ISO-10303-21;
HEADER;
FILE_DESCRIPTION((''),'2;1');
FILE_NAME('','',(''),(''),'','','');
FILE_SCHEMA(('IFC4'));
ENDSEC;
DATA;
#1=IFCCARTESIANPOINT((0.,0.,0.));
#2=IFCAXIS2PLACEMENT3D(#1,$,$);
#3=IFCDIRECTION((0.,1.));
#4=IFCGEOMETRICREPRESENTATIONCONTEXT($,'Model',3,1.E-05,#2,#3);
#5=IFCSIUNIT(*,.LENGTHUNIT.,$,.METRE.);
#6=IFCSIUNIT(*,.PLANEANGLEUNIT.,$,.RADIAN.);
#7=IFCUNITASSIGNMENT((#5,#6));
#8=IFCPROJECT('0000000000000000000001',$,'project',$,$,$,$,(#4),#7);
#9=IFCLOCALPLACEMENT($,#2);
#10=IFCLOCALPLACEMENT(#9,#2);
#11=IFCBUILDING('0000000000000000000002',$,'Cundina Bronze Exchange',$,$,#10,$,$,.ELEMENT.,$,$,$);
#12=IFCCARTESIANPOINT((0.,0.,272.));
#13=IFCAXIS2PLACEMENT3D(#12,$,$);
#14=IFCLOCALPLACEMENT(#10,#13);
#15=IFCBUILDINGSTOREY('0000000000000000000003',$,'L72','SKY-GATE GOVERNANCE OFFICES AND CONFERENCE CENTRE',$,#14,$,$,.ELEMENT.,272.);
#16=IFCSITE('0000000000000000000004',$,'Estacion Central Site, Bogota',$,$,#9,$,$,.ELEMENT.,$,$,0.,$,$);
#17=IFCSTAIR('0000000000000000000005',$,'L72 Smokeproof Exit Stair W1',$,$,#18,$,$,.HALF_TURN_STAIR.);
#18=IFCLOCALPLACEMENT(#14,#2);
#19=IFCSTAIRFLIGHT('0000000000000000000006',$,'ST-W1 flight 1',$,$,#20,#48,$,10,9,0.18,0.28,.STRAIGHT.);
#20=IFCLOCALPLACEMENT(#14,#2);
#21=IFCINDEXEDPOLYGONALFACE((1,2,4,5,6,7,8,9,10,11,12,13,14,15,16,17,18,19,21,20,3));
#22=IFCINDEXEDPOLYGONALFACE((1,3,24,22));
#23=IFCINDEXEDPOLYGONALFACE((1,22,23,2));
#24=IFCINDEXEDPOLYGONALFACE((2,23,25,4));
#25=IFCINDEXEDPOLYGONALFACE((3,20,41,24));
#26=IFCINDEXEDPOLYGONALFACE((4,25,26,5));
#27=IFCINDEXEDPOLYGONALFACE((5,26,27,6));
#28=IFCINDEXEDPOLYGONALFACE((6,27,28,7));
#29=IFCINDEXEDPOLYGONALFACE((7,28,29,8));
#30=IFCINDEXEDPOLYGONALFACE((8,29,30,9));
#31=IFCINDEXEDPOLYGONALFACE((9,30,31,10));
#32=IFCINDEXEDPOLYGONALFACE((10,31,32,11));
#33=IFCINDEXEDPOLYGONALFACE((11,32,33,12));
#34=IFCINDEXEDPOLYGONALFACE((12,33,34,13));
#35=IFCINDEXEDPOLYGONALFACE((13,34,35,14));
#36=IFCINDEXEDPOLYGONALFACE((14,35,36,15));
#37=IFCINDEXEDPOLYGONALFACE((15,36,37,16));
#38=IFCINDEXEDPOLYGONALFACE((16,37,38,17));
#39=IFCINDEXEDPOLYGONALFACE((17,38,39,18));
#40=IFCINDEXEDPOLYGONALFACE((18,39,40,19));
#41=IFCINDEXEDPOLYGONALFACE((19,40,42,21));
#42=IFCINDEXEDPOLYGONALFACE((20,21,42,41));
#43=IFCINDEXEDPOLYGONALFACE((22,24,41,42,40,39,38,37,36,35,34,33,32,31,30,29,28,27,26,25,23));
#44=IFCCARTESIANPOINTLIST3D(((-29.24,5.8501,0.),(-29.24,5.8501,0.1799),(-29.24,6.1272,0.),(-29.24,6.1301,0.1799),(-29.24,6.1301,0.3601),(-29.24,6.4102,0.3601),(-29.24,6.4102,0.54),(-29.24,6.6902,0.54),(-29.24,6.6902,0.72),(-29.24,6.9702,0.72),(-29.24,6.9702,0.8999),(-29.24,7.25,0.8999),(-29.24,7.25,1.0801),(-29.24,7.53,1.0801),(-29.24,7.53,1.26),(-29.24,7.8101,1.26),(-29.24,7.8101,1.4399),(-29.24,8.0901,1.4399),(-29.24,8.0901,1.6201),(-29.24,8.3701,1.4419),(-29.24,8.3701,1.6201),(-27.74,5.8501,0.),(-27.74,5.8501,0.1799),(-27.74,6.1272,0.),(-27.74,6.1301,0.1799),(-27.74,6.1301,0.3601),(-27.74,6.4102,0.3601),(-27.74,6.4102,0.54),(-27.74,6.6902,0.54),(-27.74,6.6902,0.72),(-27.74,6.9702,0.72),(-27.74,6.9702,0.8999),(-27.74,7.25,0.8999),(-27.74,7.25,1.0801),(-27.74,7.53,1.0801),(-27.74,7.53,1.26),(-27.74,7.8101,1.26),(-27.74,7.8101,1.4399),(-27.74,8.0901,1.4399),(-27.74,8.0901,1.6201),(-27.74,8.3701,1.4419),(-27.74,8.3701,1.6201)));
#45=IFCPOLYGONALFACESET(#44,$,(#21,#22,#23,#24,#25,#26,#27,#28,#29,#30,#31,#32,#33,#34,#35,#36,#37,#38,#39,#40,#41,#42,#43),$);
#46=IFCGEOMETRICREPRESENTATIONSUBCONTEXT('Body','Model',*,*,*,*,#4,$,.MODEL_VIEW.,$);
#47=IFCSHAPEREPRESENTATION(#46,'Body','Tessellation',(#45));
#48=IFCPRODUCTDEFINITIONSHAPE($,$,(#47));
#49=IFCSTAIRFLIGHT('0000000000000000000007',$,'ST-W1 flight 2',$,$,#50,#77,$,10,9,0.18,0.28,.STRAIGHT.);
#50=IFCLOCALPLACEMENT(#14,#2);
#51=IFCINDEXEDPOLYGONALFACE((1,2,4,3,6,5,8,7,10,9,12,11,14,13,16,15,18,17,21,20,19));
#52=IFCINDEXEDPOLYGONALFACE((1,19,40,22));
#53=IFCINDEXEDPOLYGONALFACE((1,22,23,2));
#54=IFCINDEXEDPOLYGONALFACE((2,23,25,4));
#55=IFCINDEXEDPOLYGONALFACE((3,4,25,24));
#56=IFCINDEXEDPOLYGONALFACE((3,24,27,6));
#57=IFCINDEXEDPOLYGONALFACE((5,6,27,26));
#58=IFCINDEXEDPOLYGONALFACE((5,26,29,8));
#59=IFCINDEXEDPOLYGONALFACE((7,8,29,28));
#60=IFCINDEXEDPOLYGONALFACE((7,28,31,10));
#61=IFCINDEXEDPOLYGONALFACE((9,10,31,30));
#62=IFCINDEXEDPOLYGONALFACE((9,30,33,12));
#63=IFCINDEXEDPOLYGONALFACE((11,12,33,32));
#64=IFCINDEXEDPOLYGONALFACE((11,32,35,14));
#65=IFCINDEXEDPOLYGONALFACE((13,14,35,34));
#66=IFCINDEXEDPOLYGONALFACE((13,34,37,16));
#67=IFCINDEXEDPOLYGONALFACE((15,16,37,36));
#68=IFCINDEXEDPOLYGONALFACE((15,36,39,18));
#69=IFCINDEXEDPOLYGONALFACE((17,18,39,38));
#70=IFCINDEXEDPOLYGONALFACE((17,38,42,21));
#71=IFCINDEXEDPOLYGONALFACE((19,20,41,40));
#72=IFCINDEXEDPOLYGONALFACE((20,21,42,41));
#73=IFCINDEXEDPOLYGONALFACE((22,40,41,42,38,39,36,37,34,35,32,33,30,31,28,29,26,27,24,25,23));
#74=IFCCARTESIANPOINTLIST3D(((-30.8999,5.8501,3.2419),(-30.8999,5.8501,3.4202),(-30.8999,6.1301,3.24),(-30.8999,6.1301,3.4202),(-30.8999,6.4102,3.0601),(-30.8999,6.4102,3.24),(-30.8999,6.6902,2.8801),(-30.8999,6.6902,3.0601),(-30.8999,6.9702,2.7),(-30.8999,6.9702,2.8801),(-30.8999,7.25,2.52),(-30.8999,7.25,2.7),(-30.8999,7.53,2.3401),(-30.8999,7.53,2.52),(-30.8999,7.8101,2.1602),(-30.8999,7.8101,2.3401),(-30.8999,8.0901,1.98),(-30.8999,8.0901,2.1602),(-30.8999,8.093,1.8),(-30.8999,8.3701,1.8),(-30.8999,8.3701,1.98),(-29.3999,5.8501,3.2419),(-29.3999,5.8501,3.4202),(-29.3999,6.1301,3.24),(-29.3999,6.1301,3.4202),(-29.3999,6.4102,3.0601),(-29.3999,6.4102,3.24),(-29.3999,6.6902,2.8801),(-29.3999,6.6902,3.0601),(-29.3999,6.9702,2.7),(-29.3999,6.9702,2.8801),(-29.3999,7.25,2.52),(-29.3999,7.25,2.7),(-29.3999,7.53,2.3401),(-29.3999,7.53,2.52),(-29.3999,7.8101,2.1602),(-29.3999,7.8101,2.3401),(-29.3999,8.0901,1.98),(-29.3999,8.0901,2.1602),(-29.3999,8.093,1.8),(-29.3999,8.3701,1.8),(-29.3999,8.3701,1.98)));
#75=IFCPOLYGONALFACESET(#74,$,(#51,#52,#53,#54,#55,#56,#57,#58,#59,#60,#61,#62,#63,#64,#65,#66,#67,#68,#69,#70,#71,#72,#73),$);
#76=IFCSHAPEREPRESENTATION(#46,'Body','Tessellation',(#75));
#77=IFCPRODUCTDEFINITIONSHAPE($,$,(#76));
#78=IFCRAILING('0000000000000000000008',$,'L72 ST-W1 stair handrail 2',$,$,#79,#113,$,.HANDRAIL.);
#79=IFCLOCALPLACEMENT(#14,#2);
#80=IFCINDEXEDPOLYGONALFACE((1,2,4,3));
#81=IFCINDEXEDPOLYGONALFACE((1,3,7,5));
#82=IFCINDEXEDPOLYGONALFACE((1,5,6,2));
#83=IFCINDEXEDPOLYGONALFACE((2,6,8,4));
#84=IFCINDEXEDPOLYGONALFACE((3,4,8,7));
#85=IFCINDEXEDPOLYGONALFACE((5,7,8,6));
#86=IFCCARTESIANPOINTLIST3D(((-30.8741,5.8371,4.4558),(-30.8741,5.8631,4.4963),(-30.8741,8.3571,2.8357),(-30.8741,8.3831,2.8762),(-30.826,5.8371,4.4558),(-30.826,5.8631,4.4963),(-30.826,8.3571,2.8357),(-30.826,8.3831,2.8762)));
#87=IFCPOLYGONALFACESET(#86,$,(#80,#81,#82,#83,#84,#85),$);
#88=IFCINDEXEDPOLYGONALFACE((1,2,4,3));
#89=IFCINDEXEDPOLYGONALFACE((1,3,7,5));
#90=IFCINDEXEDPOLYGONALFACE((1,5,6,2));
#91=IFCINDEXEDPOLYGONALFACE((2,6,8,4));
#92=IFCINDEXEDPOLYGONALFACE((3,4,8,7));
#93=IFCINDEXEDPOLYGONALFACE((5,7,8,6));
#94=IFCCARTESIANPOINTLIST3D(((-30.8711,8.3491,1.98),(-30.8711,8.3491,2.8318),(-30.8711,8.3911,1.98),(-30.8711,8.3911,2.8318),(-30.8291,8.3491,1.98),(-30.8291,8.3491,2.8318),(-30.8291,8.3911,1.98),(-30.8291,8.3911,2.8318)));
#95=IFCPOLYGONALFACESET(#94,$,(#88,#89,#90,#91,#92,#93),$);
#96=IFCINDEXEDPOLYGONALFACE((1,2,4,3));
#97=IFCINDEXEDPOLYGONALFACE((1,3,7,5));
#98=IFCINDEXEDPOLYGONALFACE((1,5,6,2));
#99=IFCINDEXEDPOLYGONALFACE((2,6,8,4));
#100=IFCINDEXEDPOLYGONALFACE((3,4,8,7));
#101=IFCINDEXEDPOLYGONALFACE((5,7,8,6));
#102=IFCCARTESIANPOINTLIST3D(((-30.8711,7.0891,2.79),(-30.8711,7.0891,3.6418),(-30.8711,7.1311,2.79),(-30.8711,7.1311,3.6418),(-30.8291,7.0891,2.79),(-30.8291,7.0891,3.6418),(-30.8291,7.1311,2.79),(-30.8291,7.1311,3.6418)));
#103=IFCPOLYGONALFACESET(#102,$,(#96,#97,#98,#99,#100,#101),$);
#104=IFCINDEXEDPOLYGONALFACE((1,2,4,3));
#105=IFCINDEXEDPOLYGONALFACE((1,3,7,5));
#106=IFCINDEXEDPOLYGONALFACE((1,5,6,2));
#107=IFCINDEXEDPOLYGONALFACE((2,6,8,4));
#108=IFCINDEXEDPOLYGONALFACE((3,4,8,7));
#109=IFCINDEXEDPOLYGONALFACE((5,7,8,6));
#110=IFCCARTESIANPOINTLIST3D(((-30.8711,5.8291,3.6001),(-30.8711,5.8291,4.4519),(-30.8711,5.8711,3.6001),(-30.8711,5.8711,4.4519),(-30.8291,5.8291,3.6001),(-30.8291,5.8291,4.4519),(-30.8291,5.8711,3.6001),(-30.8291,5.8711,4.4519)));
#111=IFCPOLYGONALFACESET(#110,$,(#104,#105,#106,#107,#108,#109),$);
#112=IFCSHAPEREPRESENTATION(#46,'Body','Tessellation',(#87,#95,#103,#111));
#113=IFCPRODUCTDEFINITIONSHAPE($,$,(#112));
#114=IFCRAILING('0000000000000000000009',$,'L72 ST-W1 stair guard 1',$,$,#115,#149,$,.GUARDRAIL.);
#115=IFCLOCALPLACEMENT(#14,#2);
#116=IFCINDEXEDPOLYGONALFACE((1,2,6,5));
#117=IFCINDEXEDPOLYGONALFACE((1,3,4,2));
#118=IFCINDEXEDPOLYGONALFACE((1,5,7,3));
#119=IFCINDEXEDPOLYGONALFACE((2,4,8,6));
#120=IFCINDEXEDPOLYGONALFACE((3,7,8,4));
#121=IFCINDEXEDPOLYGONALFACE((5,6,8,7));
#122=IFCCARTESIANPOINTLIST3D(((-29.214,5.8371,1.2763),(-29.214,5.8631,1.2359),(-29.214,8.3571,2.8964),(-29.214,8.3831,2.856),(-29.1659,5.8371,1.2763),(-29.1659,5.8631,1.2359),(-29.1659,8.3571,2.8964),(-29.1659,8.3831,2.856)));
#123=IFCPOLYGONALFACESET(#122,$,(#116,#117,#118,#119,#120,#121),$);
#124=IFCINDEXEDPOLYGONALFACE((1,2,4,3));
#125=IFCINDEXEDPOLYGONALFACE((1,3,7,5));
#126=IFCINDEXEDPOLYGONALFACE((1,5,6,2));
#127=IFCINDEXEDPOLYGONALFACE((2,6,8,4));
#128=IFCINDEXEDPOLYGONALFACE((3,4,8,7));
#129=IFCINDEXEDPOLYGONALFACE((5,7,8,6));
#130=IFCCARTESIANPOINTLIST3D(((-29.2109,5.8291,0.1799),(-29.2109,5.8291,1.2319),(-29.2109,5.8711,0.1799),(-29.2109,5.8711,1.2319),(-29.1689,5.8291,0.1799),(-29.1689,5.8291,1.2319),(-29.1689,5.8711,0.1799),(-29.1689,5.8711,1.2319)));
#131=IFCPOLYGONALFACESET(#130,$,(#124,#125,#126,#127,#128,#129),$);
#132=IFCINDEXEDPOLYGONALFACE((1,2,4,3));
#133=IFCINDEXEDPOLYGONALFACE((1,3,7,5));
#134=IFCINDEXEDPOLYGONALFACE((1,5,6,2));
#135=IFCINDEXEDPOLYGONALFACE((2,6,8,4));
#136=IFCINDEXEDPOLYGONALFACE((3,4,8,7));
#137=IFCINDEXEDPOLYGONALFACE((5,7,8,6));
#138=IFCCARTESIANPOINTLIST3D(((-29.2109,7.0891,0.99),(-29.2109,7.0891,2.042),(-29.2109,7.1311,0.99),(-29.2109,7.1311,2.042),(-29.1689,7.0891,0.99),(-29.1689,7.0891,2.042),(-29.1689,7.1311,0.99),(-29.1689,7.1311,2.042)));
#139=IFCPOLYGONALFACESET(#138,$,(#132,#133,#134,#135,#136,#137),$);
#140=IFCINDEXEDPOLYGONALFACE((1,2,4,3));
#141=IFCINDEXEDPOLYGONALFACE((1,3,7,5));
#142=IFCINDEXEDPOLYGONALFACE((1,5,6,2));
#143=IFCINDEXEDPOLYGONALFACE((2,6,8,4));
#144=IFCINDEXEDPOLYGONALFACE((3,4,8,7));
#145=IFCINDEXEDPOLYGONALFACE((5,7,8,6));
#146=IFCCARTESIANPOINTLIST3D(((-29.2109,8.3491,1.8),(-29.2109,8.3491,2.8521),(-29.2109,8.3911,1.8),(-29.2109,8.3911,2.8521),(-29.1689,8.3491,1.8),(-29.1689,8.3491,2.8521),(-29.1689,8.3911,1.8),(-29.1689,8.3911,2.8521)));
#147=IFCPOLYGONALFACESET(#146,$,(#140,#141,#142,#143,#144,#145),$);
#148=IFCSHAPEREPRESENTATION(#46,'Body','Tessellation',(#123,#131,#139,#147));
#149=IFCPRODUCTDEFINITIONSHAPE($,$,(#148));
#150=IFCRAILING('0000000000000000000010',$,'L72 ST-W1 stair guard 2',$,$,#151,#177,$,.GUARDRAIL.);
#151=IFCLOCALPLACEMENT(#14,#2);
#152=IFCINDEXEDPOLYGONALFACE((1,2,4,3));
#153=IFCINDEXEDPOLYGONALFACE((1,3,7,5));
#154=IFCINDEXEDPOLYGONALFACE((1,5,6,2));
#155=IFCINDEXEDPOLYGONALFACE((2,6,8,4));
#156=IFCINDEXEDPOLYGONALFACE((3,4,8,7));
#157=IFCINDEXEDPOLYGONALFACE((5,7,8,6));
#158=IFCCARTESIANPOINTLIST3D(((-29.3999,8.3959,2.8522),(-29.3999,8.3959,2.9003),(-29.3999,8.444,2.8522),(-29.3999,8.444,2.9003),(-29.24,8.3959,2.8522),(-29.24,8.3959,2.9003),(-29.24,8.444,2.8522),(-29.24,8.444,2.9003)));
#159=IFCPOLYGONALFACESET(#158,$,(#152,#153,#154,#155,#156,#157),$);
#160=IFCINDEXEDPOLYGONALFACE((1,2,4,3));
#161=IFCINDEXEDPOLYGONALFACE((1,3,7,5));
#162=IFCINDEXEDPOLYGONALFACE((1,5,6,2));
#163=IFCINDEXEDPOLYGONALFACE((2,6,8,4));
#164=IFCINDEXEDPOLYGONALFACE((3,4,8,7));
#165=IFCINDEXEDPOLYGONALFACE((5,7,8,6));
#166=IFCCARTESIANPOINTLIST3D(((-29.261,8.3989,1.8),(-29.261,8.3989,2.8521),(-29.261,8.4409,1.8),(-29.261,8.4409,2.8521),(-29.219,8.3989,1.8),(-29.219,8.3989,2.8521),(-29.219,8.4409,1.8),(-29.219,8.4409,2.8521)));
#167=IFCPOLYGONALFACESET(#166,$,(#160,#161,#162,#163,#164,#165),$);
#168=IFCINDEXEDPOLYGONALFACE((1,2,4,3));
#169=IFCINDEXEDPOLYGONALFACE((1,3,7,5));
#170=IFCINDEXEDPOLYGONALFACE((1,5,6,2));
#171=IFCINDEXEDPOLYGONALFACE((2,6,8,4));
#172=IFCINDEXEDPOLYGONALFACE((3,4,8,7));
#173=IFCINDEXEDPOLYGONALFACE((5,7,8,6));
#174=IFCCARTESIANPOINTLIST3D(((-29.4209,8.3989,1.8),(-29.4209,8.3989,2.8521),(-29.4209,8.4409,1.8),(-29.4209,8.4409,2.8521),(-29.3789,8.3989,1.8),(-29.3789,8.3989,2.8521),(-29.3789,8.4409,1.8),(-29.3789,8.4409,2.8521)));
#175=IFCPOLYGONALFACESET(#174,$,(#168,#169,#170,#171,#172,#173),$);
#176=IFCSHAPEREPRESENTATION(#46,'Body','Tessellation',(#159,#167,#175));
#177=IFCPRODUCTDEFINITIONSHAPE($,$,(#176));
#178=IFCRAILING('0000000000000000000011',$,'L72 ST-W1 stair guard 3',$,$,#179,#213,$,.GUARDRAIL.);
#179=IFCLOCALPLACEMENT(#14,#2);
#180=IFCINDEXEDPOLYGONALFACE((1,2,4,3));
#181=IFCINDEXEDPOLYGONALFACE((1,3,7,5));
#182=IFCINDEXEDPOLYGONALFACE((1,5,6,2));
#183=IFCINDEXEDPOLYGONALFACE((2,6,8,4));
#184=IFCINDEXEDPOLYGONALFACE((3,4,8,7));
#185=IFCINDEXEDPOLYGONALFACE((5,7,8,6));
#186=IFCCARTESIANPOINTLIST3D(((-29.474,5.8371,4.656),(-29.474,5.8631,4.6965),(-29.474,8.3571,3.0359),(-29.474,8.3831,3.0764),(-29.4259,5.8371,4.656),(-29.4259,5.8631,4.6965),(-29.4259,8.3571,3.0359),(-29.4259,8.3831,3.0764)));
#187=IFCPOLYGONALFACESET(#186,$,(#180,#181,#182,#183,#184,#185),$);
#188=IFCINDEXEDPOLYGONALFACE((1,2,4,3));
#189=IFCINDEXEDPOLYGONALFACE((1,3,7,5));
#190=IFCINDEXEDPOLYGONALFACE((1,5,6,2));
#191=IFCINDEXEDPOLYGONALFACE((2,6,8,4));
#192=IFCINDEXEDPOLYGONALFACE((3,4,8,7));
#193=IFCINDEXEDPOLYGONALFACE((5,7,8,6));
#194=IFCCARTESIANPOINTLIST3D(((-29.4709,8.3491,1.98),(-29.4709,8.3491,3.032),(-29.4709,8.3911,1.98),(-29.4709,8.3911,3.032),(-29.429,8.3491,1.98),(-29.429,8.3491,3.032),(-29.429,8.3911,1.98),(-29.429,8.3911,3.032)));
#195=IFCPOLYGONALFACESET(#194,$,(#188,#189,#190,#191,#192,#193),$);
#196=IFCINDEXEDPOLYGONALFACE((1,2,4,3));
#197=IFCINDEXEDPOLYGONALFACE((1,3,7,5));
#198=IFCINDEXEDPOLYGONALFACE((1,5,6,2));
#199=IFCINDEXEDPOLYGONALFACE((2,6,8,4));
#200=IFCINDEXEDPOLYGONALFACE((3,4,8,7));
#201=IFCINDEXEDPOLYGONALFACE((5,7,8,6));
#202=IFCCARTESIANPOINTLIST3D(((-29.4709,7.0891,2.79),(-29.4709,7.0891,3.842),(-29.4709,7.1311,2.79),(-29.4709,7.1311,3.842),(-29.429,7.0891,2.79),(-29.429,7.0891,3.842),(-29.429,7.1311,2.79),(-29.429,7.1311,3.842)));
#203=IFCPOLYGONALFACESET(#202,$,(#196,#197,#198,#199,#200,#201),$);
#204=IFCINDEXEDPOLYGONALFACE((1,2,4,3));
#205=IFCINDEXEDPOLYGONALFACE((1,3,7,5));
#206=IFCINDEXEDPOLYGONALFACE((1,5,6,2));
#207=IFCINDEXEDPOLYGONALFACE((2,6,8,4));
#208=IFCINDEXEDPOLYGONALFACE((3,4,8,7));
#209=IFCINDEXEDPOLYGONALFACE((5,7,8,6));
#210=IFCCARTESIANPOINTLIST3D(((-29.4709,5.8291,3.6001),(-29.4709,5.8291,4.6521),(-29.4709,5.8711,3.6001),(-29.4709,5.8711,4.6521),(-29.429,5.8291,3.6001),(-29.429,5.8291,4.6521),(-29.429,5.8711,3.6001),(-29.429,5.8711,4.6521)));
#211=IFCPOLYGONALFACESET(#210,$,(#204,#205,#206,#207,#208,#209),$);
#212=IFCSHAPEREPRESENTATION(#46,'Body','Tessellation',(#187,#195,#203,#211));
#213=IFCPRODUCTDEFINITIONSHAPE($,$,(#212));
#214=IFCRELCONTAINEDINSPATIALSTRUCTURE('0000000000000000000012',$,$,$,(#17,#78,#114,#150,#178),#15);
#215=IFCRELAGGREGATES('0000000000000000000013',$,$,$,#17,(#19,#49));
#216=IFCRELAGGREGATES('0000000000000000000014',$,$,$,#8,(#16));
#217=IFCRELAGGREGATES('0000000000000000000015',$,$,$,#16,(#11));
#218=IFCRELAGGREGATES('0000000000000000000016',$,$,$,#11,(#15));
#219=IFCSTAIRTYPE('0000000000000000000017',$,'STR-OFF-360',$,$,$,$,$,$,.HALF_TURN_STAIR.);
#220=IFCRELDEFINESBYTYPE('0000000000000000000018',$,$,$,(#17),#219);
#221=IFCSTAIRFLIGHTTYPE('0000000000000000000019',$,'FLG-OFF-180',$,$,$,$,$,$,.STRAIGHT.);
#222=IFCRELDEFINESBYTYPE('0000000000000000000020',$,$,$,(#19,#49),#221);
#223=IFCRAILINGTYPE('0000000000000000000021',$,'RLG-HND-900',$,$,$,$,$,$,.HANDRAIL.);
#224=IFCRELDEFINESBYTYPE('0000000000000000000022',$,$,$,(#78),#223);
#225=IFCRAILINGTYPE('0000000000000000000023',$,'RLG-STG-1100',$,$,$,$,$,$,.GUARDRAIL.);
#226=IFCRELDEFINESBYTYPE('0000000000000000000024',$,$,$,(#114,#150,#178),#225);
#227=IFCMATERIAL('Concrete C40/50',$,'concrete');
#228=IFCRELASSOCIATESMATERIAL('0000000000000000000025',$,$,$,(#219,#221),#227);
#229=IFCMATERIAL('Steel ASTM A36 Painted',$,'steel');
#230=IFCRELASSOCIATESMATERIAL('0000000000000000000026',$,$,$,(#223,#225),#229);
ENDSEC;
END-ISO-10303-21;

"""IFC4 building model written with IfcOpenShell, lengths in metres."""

from ifc_helpers import new_model, si_unit, direction, frame, origin, origin_2d, place, context, subcontext, project, spatial, polyline, rectangle, outline, extrude, material, type_object, element, aggregate, save


model = new_model("IFC4")

# Units and contexts
model_context = context("Model", 3, precision=1e-05, world=origin(), true_north=direction((0.0, 1.0)))
body_context = subcontext(model_context, "Body", "Model", "MODEL_VIEW")
ifc_project = project(units=[si_unit("LENGTHUNIT", "METRE"), si_unit("PLANEANGLEUNIT", "RADIAN")], contexts=[model_context])

# Site, building, storey
site_placement = place(None, origin())
site = spatial("IfcSite", under=ifc_project, at=site_placement, Name="Estacion Central Site, Bogota", CompositionType="ELEMENT", RefElevation=0.0)
building_placement = place(site_placement, origin())
building = spatial("IfcBuilding", under=site, at=building_placement, Name="Cundina Bronze Exchange", CompositionType="ELEMENT")
storey_placement = place(building_placement, frame((0.0, 0.0, 272.0)))
storey = spatial("IfcBuildingStorey", under=building, at=storey_placement, Name="L72", Description="SKY-GATE GOVERNANCE OFFICES AND CONFERENCE CENTRE", CompositionType="ELEMENT", Elevation=272.0)

# Shared definitions
ifc_material_1 = material(Name="Steel ASTM A36 Painted", Category="steel")

# Stair, stair flights
ifc_material_2 = material(Name="Concrete C40/50", Category="concrete")
stair_type = type_object("IfcStairType", Name="STR-OFF-360", PredefinedType="HALF_TURN_STAIR", material=ifc_material_2)
stair_placement = place(storey_placement, origin())
stair = element("IfcStair", 1, at=stair_placement, inside=storey, type_object=stair_type, Name="L72 Smokeproof Exit Stair W1", PredefinedType="HALF_TURN_STAIR")
stair_flight_type = type_object("IfcStairFlightType", Name="FLG-OFF-180", PredefinedType="STRAIGHT", material=ifc_material_2)
stair_flight_1_placement = place(storey_placement, frame((-28.49, 5.8501, 0.0), z_axis=(0.0, 0.0, 1.0), x_axis=(0.0, 1.0, 0.0)))
stair_flight_1 = element("IfcStairFlight", 2, at=stair_flight_1_placement, type_object=stair_flight_type, Name="ST-W1 flight 1", NumberOfRisers=10, NumberOfTreads=9, PredefinedType="STRAIGHT", RiserHeight=0.18, TreadLength=0.28, context=body_context, shape_type="SweptSolid", body=[
    extrude(outline(polyline([(0.0, 0.0), (0.0, 0.1799), (0.28, 0.1799), (0.28, 0.3601), (0.5601, 0.3601), (0.5601, 0.54), (0.8401, 0.54), (0.8401, 0.72), (1.1201, 0.72), (1.1201, 0.8999), (1.3999, 0.8999), (1.3999, 1.0801), (1.6799, 1.0801), (1.6799, 1.26), (1.96, 1.26), (1.96, 1.4399), (2.24, 1.4399), (2.24, 1.6201), (2.52, 1.6201), (2.52, 1.8), (2.52, 1.4419), (0.2771, 0.0), (0.0, 0.0)])), frame((0.0, 0.75, 0.0), z_axis=(0.0, -1.0, 0.0), x_axis=(1.0, 0.0, 0.0)), (0.0, 0.0, 1.0), 1.5),
])
stair_flight_2_placement = place(storey_placement, frame((-30.1499, 8.3701, 1.8), z_axis=(0.0, 0.0, 1.0), x_axis=(0.0, -1.0, 0.0)))
stair_flight_2 = element("IfcStairFlight", 3, at=stair_flight_2_placement, type_object=stair_flight_type, Name="ST-W1 flight 2", NumberOfRisers=10, NumberOfTreads=9, PredefinedType="STRAIGHT", RiserHeight=0.18, TreadLength=0.28, context=body_context, shape_type="SweptSolid", body=[
    extrude(outline(polyline([(0.0, 0.0), (0.0, 0.1799), (0.28, 0.1799), (0.28, 0.3601), (0.5601, 0.3601), (0.5601, 0.54), (0.8401, 0.54), (0.8401, 0.72), (1.1201, 0.72), (1.1201, 0.8999), (1.3999, 0.8999), (1.3999, 1.0801), (1.6799, 1.0801), (1.6799, 1.26), (1.96, 1.26), (1.96, 1.4399), (2.24, 1.4399), (2.24, 1.6201), (2.52, 1.6201), (2.52, 1.8), (2.52, 1.4419), (0.2771, 0.0), (0.0, 0.0)])), frame((0.0, 0.75, 0.0), z_axis=(0.0, -1.0, 0.0), x_axis=(1.0, 0.0, 0.0)), (0.0, 0.0, 1.0), 1.5),
])
aggregate(stair, [stair_flight_1, stair_flight_2])

# Railings
railing_type_1 = type_object("IfcRailingType", Name="RLG-HND-900", PredefinedType="HANDRAIL", material=ifc_material_1)
railing_1_placement = place(storey_placement, frame((-30.8501, 8.3701, 1.98)))
element("IfcRailing", 4, at=railing_1_placement, inside=storey, type_object=railing_type_1, Name="L72 ST-W1 stair handrail 2", PredefinedType="HANDRAIL", context=body_context, shape_type="SweptSolid", body=[
    extrude(rectangle(XDim=0.0481, YDim=0.0481, at=origin_2d()), frame((0.0, 0.0, 0.876), z_axis=(0.0, -0.841163, 0.540782), x_axis=(1.0, 0.0, 0.0)), (0.0, 0.0, 1.0), 2.9958),
    extrude(rectangle(XDim=0.042, YDim=0.042, at=origin_2d()), origin(), (0.0, 0.0, 1.0), 0.8518),
    extrude(rectangle(XDim=0.042, YDim=0.042, at=origin_2d()), frame((0.0, -1.26, 0.8101)), (0.0, 0.0, 1.0), 0.8518),
    extrude(rectangle(XDim=0.042, YDim=0.042, at=origin_2d()), frame((0.0, -2.52, 1.6201)), (0.0, 0.0, 1.0), 0.8518),
])
railing_type_2 = type_object("IfcRailingType", Name="RLG-STG-1100", PredefinedType="GUARDRAIL", material=ifc_material_1)
railing_2_placement = place(storey_placement, frame((-29.1899, 5.8501, 0.1799)))
element("IfcRailing", 5, at=railing_2_placement, inside=storey, type_object=railing_type_2, Name="L72 ST-W1 stair guard 1", PredefinedType="GUARDRAIL", context=body_context, shape_type="SweptSolid", body=[
    extrude(rectangle(XDim=0.0481, YDim=0.0481, at=origin_2d()), frame((0.0, 0.0, 1.0762), z_axis=(0.0, 0.841163, 0.540782), x_axis=(-1.0, 0.0, 0.0)), (0.0, 0.0, 1.0), 2.9958),
    extrude(rectangle(XDim=0.042, YDim=0.042, at=origin_2d()), origin(), (0.0, 0.0, 1.0), 1.052),
    extrude(rectangle(XDim=0.042, YDim=0.042, at=origin_2d()), frame((0.0, 1.26, 0.8101)), (0.0, 0.0, 1.0), 1.052),
    extrude(rectangle(XDim=0.042, YDim=0.042, at=origin_2d()), frame((0.0, 2.52, 1.6201)), (0.0, 0.0, 1.0), 1.052),
])
railing_3_placement = place(storey_placement, frame((-29.24, 8.4199, 1.8)))
element("IfcRailing", 6, at=railing_3_placement, inside=storey, type_object=railing_type_2, Name="L72 ST-W1 stair guard 2", PredefinedType="GUARDRAIL", context=body_context, shape_type="SweptSolid", body=[
    extrude(rectangle(XDim=0.0481, YDim=0.0481, at=origin_2d()), frame((0.0, 0.0, 1.0762), z_axis=(-1.0, 0.0, 0.0), x_axis=(0.0, -1.0, 0.0)), (0.0, 0.0, 1.0), 0.1599),
    extrude(rectangle(XDim=0.042, YDim=0.042, at=origin_2d()), origin(), (0.0, 0.0, 1.0), 1.052),
    extrude(rectangle(XDim=0.042, YDim=0.042, at=origin_2d()), frame((-0.1599, 0.0, 0.0)), (0.0, 0.0, 1.0), 1.052),
])
railing_4_placement = place(storey_placement, frame((-29.45, 8.3701, 1.98)))
element("IfcRailing", 7, at=railing_4_placement, inside=storey, type_object=railing_type_2, Name="L72 ST-W1 stair guard 3", PredefinedType="GUARDRAIL", context=body_context, shape_type="SweptSolid", body=[
    extrude(rectangle(XDim=0.0481, YDim=0.0481, at=origin_2d()), frame((0.0, 0.0, 1.0762), z_axis=(0.0, -0.841163, 0.540782), x_axis=(1.0, 0.0, 0.0)), (0.0, 0.0, 1.0), 2.9958),
    extrude(rectangle(XDim=0.042, YDim=0.042, at=origin_2d()), origin(), (0.0, 0.0, 1.0), 1.052),
    extrude(rectangle(XDim=0.042, YDim=0.042, at=origin_2d()), frame((0.0, -1.26, 0.8101)), (0.0, 0.0, 1.0), 1.052),
    extrude(rectangle(XDim=0.042, YDim=0.042, at=origin_2d()), frame((0.0, -2.52, 1.6201)), (0.0, 0.0, 1.0), 1.052),
])

save(model, "model.ifc")
